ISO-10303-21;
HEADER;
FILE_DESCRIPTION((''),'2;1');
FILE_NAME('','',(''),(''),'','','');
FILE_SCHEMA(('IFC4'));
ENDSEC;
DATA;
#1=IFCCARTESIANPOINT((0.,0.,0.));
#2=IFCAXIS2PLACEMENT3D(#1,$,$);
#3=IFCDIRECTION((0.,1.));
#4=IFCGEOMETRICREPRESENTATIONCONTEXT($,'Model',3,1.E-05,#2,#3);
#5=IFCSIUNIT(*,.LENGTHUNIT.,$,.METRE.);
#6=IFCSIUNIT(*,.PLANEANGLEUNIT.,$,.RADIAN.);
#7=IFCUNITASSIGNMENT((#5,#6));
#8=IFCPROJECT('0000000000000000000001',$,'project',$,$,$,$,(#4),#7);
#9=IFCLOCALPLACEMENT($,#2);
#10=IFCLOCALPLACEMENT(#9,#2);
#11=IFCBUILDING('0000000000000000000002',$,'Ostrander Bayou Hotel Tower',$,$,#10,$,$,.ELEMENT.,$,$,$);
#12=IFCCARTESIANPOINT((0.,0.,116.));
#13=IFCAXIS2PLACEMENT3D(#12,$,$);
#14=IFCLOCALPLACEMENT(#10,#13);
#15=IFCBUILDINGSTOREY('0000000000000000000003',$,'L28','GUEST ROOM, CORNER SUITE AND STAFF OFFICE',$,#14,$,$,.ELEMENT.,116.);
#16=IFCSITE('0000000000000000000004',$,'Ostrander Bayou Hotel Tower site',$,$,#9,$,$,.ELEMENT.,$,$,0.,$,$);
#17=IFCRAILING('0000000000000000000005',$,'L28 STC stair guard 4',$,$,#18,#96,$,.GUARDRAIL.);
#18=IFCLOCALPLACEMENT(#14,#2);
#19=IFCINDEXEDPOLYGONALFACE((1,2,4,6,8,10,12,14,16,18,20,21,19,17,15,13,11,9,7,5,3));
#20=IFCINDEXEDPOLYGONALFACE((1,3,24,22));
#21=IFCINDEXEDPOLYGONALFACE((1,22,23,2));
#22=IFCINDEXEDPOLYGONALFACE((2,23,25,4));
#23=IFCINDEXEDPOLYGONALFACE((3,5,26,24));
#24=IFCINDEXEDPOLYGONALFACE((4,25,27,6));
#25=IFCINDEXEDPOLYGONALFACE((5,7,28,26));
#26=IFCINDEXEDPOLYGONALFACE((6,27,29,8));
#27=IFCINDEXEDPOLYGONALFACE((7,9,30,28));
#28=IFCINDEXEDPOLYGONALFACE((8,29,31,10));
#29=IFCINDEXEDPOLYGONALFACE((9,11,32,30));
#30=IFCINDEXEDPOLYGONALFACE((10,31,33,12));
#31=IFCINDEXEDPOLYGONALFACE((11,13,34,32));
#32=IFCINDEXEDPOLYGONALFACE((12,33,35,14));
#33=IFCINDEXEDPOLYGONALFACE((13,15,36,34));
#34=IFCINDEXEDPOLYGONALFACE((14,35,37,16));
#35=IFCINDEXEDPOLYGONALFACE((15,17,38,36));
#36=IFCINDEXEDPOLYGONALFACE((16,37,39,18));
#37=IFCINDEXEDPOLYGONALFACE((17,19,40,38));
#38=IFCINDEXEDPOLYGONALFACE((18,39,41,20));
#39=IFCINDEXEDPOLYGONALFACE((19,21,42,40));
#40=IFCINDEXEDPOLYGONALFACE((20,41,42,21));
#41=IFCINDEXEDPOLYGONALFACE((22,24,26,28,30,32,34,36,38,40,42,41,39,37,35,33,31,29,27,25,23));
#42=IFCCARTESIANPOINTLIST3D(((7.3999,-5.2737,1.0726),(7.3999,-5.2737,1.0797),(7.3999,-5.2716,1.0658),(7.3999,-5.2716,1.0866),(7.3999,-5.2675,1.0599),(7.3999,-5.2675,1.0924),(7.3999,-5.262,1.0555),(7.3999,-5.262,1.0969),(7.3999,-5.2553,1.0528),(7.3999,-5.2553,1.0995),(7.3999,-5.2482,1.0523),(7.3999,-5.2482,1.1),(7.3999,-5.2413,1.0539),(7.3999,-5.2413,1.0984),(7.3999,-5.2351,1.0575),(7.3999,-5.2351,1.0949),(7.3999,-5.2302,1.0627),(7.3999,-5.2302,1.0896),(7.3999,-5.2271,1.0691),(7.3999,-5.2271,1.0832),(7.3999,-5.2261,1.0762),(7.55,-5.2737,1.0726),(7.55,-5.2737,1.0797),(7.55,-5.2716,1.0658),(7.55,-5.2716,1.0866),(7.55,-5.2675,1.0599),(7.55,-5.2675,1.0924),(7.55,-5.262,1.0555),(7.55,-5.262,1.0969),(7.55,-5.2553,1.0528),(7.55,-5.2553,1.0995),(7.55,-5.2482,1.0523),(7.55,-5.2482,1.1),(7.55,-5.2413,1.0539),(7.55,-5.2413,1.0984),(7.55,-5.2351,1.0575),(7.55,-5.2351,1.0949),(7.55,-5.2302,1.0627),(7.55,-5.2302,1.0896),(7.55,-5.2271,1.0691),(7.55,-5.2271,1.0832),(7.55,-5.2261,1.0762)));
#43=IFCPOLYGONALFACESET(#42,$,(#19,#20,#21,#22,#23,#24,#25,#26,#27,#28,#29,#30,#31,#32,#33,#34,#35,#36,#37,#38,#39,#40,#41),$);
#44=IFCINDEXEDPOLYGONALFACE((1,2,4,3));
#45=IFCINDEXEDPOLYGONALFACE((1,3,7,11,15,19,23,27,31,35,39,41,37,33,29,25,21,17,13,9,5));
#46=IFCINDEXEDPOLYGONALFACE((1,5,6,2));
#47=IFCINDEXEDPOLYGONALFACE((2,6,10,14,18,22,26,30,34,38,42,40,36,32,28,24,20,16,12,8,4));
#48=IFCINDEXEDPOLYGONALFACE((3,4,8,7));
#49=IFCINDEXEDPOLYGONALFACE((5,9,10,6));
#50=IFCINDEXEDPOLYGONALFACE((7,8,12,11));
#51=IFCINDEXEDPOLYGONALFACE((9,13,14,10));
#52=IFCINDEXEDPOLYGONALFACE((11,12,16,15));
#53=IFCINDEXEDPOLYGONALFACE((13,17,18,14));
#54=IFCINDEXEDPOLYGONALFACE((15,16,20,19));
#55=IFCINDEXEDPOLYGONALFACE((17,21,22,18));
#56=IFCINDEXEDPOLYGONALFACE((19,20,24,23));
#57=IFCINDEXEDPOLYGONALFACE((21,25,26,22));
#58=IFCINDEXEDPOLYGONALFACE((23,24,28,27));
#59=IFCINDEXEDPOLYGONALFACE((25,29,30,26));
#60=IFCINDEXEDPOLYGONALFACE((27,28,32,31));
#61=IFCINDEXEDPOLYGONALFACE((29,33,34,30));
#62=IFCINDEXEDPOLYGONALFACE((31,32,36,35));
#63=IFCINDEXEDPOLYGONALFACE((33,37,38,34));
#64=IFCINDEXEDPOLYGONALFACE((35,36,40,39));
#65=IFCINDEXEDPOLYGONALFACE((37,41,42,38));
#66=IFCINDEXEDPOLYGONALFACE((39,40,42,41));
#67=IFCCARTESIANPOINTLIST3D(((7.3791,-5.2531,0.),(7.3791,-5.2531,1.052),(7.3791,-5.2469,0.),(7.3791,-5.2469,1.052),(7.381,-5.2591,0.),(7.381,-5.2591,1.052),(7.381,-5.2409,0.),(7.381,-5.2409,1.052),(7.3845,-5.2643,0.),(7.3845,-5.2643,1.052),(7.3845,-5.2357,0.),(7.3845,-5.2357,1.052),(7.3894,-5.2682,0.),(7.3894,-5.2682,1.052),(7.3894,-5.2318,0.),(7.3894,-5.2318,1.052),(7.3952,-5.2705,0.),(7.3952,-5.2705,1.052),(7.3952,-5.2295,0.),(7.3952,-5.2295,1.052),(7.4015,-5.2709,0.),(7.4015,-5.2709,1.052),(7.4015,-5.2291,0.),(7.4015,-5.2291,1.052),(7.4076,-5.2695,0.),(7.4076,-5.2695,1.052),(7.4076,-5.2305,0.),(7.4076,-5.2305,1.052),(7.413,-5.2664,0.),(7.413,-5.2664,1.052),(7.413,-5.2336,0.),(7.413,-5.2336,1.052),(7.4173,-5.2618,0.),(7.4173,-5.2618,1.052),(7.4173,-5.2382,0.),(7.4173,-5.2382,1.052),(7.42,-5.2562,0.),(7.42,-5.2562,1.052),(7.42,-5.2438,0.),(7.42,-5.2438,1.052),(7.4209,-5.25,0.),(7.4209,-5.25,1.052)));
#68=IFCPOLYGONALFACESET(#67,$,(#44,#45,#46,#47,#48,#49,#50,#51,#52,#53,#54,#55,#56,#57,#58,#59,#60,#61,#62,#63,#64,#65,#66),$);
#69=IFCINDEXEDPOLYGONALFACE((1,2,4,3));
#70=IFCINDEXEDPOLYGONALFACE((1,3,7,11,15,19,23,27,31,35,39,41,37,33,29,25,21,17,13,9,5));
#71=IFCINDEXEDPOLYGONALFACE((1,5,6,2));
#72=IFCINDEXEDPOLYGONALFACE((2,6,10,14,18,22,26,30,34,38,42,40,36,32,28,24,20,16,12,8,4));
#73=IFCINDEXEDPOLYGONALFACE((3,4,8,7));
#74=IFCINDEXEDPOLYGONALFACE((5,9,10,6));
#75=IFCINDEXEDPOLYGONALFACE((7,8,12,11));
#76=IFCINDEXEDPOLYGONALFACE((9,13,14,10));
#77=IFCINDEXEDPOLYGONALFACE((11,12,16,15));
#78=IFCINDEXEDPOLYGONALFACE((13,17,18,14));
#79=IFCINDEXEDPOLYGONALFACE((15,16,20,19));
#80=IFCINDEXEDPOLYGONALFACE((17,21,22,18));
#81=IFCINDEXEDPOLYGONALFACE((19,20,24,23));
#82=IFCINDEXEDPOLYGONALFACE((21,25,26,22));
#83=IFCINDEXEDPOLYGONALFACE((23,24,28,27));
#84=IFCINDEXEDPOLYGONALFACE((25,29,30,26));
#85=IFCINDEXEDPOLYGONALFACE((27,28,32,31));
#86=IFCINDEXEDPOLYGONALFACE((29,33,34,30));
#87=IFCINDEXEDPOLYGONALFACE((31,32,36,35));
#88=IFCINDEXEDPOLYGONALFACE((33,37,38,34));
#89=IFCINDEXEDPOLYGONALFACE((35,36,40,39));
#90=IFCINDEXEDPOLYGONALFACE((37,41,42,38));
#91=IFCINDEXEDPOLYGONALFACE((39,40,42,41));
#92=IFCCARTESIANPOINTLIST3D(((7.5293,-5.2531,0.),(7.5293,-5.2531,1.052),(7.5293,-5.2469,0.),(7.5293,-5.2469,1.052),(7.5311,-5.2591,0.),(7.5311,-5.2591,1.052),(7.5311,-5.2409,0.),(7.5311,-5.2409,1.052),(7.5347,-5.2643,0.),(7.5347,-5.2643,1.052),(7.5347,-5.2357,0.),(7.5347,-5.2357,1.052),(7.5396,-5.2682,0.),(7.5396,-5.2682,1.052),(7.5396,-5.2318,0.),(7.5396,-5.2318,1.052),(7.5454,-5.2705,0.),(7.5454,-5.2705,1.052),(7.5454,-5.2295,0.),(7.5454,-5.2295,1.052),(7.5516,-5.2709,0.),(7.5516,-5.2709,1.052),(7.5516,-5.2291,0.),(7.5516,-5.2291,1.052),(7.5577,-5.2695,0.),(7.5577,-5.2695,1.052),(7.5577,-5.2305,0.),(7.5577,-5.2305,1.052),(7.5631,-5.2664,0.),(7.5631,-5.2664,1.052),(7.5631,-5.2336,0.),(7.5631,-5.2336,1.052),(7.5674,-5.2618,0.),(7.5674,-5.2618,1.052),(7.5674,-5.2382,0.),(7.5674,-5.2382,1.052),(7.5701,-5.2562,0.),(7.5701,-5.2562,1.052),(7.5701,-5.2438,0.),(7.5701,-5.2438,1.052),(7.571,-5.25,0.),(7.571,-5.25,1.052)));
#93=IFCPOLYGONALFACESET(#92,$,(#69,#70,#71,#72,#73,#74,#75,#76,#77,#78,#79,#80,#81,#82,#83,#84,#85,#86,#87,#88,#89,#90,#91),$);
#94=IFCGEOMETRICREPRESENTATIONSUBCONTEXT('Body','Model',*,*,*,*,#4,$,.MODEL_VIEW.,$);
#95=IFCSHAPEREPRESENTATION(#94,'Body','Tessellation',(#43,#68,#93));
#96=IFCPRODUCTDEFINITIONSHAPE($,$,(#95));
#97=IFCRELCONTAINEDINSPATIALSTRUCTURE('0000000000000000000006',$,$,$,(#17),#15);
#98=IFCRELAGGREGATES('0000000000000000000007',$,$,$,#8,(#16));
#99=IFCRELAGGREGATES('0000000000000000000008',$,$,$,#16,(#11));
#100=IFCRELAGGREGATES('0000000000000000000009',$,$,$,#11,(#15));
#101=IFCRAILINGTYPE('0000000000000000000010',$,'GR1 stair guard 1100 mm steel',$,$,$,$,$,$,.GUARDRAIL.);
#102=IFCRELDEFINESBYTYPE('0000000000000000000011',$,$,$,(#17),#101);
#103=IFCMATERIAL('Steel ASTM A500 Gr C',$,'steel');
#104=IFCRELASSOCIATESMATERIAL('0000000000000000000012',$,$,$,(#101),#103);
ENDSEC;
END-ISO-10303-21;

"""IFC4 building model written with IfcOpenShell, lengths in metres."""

from ifc_helpers import new_model, si_unit, direction, frame, origin, origin_2d, place, context, subcontext, project, spatial, circle, extrude, material, type_object, element, save


model = new_model("IFC4")

# Units and contexts
model_context = context("Model", 3, precision=1e-05, world=origin(), true_north=direction((0.0, 1.0)))
body_context = subcontext(model_context, "Body", "Model", "MODEL_VIEW")
ifc_project = project(units=[si_unit("LENGTHUNIT", "METRE"), si_unit("PLANEANGLEUNIT", "RADIAN")], contexts=[model_context])

# Site, building, storey
site_placement = place(None, origin())
site = spatial("IfcSite", under=ifc_project, at=site_placement, Name="Ostrander Bayou Hotel Tower site", CompositionType="ELEMENT", RefElevation=0.0)
building_placement = place(site_placement, origin())
building = spatial("IfcBuilding", under=site, at=building_placement, Name="Ostrander Bayou Hotel Tower", CompositionType="ELEMENT")
storey_placement = place(building_placement, frame((0.0, 0.0, 116.0)))
storey = spatial("IfcBuildingStorey", under=building, at=storey_placement, Name="L28", Description="GUEST ROOM, CORNER SUITE AND STAFF OFFICE", CompositionType="ELEMENT", Elevation=116.0)

# Railing
ifc_material_1 = material(Name="Steel ASTM A500 Gr C", Category="steel")
railing_type_1 = type_object("IfcRailingType", Name="GR1 stair guard 1100 mm steel", PredefinedType="GUARDRAIL", material=ifc_material_1)
railing_1_placement = place(storey_placement, frame((7.3999, -5.25, 0.0)))
element("IfcRailing", 1, at=railing_1_placement, inside=storey, type_object=railing_type_1, Name="L28 STC stair guard 4", PredefinedType="GUARDRAIL", context=body_context, shape_type="SweptSolid", body=[
    extrude(circle(Radius=0.0239, at=origin_2d()), frame((0.0, 0.0, 1.0762), z_axis=(1.0, 0.0, 0.0), x_axis=(0.0, 1.0, 0.0)), (0.0, 0.0, 1.0), 0.1501),
    extrude(circle(Radius=0.021, at=origin_2d()), origin(), (0.0, 0.0, 1.0), 1.052),
    extrude(circle(Radius=0.021, at=origin_2d()), frame((0.1501, 0.0, 0.0)), (0.0, 0.0, 1.0), 1.052),
])

save(model, "model.ifc")
